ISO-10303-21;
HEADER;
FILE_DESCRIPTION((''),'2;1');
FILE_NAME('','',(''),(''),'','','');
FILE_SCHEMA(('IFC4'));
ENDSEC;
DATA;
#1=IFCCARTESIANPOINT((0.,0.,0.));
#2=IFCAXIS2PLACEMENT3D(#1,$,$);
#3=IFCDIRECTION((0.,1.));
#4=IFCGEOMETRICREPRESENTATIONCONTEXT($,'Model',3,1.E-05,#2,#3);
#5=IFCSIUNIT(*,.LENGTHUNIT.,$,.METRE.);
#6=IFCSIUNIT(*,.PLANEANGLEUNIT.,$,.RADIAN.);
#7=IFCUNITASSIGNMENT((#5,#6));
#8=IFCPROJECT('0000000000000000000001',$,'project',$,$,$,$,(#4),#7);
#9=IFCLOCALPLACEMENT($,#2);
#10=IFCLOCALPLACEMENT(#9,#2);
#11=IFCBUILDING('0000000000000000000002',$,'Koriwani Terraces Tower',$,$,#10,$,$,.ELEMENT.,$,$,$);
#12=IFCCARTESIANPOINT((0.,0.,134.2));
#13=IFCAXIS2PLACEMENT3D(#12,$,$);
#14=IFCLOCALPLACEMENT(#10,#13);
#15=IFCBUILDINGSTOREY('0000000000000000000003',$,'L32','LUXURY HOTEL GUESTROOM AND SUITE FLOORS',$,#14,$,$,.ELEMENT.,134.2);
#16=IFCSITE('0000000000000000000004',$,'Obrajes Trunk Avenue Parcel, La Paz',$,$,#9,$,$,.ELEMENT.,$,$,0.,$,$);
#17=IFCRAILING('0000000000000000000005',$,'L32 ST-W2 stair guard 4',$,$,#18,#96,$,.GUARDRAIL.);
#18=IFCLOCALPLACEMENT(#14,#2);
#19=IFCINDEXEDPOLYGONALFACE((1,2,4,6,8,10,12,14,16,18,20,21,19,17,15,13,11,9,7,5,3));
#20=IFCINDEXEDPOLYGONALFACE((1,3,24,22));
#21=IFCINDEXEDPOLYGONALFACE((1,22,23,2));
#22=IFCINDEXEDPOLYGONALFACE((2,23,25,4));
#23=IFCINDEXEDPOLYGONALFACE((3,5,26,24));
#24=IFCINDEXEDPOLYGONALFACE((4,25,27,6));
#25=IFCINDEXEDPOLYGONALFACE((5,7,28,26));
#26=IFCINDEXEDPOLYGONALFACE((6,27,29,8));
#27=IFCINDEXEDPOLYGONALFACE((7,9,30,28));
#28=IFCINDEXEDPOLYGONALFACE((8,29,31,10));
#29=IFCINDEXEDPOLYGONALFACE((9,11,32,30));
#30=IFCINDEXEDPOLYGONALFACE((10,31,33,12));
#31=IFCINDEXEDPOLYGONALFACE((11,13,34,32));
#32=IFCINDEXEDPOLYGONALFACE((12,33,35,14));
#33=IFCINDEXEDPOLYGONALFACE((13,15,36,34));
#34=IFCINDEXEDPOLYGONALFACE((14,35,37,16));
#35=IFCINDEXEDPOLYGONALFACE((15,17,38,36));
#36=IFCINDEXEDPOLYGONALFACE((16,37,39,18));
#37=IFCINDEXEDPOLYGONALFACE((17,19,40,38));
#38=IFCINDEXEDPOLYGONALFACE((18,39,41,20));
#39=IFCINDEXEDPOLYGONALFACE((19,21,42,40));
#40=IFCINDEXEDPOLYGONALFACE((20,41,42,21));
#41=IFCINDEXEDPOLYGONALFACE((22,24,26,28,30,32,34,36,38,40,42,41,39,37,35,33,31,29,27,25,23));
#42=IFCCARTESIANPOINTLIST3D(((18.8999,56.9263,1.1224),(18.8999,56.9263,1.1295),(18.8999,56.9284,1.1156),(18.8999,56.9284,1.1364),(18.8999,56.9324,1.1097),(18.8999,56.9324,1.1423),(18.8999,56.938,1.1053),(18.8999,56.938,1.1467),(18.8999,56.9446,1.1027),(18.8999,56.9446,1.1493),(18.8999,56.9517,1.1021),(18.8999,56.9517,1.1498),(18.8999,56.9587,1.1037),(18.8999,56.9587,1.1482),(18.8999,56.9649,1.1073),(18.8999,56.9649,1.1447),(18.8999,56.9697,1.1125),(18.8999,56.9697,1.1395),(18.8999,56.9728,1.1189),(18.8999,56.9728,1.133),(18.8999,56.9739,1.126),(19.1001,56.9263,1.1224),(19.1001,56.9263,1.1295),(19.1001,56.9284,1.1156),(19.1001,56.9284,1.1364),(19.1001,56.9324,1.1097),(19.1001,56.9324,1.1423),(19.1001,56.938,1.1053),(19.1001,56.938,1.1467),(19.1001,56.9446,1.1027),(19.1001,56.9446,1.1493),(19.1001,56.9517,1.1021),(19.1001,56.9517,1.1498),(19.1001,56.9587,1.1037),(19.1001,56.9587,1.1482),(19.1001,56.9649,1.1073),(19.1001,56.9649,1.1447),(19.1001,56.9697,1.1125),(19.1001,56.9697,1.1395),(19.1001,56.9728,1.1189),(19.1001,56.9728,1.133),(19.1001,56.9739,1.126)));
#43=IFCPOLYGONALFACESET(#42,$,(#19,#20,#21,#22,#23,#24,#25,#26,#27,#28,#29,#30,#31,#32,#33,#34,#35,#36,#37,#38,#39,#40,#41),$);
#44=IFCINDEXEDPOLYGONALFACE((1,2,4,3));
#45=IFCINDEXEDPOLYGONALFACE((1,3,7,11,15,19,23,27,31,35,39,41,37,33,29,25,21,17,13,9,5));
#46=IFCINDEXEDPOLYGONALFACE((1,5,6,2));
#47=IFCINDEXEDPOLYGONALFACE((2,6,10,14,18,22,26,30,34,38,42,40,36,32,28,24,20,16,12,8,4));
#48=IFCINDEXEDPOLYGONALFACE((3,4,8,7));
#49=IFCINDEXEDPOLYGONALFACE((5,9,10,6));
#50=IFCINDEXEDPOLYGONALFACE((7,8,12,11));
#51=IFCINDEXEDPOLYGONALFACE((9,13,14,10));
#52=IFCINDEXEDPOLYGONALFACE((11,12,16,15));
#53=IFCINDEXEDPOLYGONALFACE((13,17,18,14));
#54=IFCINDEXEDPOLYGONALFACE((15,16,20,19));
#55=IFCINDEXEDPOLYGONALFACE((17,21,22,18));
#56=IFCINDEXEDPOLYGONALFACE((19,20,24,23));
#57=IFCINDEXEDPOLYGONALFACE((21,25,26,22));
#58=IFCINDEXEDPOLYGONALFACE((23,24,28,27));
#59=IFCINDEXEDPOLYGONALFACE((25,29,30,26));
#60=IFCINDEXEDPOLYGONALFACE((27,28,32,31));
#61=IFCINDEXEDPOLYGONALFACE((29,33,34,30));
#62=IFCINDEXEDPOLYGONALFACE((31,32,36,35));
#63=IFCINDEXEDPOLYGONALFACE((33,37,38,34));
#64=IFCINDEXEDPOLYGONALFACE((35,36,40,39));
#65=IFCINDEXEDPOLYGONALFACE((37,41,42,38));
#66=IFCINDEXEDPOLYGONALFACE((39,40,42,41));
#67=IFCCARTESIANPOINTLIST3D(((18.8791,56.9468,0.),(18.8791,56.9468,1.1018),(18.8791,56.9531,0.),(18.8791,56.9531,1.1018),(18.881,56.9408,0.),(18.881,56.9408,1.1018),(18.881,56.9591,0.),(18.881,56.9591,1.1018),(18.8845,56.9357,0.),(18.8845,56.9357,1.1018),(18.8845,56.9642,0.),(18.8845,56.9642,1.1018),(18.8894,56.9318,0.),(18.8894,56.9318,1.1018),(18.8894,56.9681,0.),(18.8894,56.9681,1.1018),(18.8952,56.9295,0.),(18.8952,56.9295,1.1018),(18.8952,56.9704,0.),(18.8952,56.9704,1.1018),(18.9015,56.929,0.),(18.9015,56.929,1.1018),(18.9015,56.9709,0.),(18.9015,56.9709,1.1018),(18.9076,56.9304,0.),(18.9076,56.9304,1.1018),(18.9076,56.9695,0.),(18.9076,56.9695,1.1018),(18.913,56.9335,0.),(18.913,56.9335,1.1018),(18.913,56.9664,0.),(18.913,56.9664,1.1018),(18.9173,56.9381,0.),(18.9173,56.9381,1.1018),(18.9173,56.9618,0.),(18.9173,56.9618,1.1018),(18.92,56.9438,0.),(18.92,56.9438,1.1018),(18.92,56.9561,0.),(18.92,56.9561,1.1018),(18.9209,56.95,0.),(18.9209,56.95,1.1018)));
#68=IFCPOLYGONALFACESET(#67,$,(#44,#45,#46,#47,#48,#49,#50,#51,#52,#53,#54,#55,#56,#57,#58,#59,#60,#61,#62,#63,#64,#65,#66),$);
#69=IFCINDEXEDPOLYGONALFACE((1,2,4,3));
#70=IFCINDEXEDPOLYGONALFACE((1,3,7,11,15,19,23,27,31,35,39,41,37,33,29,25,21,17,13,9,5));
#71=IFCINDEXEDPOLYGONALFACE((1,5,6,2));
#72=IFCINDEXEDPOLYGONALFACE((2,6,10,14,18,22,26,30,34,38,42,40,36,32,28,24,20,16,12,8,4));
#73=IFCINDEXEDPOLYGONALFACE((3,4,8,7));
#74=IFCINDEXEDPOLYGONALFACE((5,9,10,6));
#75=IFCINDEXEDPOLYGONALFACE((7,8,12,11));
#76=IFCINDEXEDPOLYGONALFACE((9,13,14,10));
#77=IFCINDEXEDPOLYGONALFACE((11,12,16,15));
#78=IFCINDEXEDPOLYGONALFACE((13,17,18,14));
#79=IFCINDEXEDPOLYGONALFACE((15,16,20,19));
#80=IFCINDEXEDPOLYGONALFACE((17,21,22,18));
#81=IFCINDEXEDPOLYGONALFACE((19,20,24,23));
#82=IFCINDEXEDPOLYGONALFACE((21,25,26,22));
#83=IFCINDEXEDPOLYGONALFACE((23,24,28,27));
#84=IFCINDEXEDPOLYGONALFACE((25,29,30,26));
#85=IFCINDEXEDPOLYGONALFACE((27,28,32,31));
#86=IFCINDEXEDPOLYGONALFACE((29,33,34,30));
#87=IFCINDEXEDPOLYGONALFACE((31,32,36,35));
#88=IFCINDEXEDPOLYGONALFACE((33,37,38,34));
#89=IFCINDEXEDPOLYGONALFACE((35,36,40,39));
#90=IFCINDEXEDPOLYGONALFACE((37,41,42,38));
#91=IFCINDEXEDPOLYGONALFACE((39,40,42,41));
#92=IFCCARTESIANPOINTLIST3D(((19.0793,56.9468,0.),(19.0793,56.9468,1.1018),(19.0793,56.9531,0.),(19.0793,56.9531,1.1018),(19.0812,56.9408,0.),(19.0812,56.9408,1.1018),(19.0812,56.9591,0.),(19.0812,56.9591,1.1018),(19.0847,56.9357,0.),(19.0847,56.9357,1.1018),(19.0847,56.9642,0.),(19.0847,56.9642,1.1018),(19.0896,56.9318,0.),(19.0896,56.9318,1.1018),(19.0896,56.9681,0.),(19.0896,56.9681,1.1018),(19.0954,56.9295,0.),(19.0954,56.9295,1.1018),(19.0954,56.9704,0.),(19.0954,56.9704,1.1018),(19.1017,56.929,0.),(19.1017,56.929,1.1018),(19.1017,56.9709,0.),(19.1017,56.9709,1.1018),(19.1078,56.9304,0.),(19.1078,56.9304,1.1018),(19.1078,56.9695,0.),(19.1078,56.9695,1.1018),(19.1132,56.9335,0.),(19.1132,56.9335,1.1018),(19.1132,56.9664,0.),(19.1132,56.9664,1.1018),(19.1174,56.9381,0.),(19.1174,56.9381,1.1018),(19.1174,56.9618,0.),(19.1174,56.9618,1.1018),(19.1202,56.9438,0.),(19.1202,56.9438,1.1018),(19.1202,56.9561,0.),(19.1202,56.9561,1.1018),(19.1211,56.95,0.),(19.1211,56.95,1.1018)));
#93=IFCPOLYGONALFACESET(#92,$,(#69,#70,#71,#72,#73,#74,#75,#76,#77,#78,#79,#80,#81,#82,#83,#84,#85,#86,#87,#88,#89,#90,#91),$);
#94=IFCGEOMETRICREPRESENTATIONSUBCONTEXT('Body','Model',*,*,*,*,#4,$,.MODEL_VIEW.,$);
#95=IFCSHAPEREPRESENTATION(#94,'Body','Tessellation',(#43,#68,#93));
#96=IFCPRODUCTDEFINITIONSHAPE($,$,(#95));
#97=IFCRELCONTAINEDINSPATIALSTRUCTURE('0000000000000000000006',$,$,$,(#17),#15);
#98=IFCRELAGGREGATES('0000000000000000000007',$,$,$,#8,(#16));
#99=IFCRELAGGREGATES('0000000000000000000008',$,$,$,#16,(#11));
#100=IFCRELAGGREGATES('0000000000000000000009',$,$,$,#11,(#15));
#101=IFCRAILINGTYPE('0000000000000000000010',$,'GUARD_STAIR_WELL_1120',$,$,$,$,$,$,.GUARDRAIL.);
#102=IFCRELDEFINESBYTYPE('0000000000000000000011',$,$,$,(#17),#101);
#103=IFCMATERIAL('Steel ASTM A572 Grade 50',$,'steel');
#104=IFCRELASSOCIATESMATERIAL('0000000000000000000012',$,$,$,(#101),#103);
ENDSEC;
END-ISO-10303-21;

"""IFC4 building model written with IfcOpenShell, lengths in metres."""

from ifc_helpers import new_model, si_unit, direction, frame, origin, origin_2d, place, context, subcontext, project, spatial, circle, extrude, material, type_object, element, save


model = new_model("IFC4")

# Units and contexts
model_context = context("Model", 3, precision=1e-05, world=origin(), true_north=direction((0.0, 1.0)))
body_context = subcontext(model_context, "Body", "Model", "MODEL_VIEW")
ifc_project = project(units=[si_unit("LENGTHUNIT", "METRE"), si_unit("PLANEANGLEUNIT", "RADIAN")], contexts=[model_context])

# Site, building, storey
site_placement = place(None, origin())
site = spatial("IfcSite", under=ifc_project, at=site_placement, Name="Obrajes Trunk Avenue Parcel, La Paz", CompositionType="ELEMENT", RefElevation=0.0)
building_placement = place(site_placement, origin())
building = spatial("IfcBuilding", under=site, at=building_placement, Name="Koriwani Terraces Tower", CompositionType="ELEMENT")
storey_placement = place(building_placement, frame((0.0, 0.0, 134.2)))
storey = spatial("IfcBuildingStorey", under=building, at=storey_placement, Name="L32", Description="LUXURY HOTEL GUESTROOM AND SUITE FLOORS", CompositionType="ELEMENT", Elevation=134.2)

# Shared definitions
ifc_material_1 = material(Name="Steel ASTM A572 Grade 50", Category="steel")

# Railing
railing_type_1 = type_object("IfcRailingType", Name="GUARD_STAIR_WELL_1120", PredefinedType="GUARDRAIL", material=ifc_material_1)
railing_1_placement = place(storey_placement, frame((18.8999, 56.95, 0.0)))
element("IfcRailing", 1, at=railing_1_placement, inside=storey, type_object=railing_type_1, Name="L32 ST-W2 stair guard 4", PredefinedType="GUARDRAIL", context=body_context, shape_type="SweptSolid", body=[
    extrude(circle(Radius=0.0239, at=origin_2d()), frame((0.0, 0.0, 1.126), z_axis=(1.0, 0.0, 0.0), x_axis=(0.0, 1.0, 0.0)), (0.0, 0.0, 1.0), 0.2002),
    extrude(circle(Radius=0.021, at=origin_2d()), origin(), (0.0, 0.0, 1.0), 1.1018),
    extrude(circle(Radius=0.021, at=origin_2d()), frame((0.2002, 0.0, 0.0)), (0.0, 0.0, 1.0), 1.1018),
])

save(model, "model.ifc")
